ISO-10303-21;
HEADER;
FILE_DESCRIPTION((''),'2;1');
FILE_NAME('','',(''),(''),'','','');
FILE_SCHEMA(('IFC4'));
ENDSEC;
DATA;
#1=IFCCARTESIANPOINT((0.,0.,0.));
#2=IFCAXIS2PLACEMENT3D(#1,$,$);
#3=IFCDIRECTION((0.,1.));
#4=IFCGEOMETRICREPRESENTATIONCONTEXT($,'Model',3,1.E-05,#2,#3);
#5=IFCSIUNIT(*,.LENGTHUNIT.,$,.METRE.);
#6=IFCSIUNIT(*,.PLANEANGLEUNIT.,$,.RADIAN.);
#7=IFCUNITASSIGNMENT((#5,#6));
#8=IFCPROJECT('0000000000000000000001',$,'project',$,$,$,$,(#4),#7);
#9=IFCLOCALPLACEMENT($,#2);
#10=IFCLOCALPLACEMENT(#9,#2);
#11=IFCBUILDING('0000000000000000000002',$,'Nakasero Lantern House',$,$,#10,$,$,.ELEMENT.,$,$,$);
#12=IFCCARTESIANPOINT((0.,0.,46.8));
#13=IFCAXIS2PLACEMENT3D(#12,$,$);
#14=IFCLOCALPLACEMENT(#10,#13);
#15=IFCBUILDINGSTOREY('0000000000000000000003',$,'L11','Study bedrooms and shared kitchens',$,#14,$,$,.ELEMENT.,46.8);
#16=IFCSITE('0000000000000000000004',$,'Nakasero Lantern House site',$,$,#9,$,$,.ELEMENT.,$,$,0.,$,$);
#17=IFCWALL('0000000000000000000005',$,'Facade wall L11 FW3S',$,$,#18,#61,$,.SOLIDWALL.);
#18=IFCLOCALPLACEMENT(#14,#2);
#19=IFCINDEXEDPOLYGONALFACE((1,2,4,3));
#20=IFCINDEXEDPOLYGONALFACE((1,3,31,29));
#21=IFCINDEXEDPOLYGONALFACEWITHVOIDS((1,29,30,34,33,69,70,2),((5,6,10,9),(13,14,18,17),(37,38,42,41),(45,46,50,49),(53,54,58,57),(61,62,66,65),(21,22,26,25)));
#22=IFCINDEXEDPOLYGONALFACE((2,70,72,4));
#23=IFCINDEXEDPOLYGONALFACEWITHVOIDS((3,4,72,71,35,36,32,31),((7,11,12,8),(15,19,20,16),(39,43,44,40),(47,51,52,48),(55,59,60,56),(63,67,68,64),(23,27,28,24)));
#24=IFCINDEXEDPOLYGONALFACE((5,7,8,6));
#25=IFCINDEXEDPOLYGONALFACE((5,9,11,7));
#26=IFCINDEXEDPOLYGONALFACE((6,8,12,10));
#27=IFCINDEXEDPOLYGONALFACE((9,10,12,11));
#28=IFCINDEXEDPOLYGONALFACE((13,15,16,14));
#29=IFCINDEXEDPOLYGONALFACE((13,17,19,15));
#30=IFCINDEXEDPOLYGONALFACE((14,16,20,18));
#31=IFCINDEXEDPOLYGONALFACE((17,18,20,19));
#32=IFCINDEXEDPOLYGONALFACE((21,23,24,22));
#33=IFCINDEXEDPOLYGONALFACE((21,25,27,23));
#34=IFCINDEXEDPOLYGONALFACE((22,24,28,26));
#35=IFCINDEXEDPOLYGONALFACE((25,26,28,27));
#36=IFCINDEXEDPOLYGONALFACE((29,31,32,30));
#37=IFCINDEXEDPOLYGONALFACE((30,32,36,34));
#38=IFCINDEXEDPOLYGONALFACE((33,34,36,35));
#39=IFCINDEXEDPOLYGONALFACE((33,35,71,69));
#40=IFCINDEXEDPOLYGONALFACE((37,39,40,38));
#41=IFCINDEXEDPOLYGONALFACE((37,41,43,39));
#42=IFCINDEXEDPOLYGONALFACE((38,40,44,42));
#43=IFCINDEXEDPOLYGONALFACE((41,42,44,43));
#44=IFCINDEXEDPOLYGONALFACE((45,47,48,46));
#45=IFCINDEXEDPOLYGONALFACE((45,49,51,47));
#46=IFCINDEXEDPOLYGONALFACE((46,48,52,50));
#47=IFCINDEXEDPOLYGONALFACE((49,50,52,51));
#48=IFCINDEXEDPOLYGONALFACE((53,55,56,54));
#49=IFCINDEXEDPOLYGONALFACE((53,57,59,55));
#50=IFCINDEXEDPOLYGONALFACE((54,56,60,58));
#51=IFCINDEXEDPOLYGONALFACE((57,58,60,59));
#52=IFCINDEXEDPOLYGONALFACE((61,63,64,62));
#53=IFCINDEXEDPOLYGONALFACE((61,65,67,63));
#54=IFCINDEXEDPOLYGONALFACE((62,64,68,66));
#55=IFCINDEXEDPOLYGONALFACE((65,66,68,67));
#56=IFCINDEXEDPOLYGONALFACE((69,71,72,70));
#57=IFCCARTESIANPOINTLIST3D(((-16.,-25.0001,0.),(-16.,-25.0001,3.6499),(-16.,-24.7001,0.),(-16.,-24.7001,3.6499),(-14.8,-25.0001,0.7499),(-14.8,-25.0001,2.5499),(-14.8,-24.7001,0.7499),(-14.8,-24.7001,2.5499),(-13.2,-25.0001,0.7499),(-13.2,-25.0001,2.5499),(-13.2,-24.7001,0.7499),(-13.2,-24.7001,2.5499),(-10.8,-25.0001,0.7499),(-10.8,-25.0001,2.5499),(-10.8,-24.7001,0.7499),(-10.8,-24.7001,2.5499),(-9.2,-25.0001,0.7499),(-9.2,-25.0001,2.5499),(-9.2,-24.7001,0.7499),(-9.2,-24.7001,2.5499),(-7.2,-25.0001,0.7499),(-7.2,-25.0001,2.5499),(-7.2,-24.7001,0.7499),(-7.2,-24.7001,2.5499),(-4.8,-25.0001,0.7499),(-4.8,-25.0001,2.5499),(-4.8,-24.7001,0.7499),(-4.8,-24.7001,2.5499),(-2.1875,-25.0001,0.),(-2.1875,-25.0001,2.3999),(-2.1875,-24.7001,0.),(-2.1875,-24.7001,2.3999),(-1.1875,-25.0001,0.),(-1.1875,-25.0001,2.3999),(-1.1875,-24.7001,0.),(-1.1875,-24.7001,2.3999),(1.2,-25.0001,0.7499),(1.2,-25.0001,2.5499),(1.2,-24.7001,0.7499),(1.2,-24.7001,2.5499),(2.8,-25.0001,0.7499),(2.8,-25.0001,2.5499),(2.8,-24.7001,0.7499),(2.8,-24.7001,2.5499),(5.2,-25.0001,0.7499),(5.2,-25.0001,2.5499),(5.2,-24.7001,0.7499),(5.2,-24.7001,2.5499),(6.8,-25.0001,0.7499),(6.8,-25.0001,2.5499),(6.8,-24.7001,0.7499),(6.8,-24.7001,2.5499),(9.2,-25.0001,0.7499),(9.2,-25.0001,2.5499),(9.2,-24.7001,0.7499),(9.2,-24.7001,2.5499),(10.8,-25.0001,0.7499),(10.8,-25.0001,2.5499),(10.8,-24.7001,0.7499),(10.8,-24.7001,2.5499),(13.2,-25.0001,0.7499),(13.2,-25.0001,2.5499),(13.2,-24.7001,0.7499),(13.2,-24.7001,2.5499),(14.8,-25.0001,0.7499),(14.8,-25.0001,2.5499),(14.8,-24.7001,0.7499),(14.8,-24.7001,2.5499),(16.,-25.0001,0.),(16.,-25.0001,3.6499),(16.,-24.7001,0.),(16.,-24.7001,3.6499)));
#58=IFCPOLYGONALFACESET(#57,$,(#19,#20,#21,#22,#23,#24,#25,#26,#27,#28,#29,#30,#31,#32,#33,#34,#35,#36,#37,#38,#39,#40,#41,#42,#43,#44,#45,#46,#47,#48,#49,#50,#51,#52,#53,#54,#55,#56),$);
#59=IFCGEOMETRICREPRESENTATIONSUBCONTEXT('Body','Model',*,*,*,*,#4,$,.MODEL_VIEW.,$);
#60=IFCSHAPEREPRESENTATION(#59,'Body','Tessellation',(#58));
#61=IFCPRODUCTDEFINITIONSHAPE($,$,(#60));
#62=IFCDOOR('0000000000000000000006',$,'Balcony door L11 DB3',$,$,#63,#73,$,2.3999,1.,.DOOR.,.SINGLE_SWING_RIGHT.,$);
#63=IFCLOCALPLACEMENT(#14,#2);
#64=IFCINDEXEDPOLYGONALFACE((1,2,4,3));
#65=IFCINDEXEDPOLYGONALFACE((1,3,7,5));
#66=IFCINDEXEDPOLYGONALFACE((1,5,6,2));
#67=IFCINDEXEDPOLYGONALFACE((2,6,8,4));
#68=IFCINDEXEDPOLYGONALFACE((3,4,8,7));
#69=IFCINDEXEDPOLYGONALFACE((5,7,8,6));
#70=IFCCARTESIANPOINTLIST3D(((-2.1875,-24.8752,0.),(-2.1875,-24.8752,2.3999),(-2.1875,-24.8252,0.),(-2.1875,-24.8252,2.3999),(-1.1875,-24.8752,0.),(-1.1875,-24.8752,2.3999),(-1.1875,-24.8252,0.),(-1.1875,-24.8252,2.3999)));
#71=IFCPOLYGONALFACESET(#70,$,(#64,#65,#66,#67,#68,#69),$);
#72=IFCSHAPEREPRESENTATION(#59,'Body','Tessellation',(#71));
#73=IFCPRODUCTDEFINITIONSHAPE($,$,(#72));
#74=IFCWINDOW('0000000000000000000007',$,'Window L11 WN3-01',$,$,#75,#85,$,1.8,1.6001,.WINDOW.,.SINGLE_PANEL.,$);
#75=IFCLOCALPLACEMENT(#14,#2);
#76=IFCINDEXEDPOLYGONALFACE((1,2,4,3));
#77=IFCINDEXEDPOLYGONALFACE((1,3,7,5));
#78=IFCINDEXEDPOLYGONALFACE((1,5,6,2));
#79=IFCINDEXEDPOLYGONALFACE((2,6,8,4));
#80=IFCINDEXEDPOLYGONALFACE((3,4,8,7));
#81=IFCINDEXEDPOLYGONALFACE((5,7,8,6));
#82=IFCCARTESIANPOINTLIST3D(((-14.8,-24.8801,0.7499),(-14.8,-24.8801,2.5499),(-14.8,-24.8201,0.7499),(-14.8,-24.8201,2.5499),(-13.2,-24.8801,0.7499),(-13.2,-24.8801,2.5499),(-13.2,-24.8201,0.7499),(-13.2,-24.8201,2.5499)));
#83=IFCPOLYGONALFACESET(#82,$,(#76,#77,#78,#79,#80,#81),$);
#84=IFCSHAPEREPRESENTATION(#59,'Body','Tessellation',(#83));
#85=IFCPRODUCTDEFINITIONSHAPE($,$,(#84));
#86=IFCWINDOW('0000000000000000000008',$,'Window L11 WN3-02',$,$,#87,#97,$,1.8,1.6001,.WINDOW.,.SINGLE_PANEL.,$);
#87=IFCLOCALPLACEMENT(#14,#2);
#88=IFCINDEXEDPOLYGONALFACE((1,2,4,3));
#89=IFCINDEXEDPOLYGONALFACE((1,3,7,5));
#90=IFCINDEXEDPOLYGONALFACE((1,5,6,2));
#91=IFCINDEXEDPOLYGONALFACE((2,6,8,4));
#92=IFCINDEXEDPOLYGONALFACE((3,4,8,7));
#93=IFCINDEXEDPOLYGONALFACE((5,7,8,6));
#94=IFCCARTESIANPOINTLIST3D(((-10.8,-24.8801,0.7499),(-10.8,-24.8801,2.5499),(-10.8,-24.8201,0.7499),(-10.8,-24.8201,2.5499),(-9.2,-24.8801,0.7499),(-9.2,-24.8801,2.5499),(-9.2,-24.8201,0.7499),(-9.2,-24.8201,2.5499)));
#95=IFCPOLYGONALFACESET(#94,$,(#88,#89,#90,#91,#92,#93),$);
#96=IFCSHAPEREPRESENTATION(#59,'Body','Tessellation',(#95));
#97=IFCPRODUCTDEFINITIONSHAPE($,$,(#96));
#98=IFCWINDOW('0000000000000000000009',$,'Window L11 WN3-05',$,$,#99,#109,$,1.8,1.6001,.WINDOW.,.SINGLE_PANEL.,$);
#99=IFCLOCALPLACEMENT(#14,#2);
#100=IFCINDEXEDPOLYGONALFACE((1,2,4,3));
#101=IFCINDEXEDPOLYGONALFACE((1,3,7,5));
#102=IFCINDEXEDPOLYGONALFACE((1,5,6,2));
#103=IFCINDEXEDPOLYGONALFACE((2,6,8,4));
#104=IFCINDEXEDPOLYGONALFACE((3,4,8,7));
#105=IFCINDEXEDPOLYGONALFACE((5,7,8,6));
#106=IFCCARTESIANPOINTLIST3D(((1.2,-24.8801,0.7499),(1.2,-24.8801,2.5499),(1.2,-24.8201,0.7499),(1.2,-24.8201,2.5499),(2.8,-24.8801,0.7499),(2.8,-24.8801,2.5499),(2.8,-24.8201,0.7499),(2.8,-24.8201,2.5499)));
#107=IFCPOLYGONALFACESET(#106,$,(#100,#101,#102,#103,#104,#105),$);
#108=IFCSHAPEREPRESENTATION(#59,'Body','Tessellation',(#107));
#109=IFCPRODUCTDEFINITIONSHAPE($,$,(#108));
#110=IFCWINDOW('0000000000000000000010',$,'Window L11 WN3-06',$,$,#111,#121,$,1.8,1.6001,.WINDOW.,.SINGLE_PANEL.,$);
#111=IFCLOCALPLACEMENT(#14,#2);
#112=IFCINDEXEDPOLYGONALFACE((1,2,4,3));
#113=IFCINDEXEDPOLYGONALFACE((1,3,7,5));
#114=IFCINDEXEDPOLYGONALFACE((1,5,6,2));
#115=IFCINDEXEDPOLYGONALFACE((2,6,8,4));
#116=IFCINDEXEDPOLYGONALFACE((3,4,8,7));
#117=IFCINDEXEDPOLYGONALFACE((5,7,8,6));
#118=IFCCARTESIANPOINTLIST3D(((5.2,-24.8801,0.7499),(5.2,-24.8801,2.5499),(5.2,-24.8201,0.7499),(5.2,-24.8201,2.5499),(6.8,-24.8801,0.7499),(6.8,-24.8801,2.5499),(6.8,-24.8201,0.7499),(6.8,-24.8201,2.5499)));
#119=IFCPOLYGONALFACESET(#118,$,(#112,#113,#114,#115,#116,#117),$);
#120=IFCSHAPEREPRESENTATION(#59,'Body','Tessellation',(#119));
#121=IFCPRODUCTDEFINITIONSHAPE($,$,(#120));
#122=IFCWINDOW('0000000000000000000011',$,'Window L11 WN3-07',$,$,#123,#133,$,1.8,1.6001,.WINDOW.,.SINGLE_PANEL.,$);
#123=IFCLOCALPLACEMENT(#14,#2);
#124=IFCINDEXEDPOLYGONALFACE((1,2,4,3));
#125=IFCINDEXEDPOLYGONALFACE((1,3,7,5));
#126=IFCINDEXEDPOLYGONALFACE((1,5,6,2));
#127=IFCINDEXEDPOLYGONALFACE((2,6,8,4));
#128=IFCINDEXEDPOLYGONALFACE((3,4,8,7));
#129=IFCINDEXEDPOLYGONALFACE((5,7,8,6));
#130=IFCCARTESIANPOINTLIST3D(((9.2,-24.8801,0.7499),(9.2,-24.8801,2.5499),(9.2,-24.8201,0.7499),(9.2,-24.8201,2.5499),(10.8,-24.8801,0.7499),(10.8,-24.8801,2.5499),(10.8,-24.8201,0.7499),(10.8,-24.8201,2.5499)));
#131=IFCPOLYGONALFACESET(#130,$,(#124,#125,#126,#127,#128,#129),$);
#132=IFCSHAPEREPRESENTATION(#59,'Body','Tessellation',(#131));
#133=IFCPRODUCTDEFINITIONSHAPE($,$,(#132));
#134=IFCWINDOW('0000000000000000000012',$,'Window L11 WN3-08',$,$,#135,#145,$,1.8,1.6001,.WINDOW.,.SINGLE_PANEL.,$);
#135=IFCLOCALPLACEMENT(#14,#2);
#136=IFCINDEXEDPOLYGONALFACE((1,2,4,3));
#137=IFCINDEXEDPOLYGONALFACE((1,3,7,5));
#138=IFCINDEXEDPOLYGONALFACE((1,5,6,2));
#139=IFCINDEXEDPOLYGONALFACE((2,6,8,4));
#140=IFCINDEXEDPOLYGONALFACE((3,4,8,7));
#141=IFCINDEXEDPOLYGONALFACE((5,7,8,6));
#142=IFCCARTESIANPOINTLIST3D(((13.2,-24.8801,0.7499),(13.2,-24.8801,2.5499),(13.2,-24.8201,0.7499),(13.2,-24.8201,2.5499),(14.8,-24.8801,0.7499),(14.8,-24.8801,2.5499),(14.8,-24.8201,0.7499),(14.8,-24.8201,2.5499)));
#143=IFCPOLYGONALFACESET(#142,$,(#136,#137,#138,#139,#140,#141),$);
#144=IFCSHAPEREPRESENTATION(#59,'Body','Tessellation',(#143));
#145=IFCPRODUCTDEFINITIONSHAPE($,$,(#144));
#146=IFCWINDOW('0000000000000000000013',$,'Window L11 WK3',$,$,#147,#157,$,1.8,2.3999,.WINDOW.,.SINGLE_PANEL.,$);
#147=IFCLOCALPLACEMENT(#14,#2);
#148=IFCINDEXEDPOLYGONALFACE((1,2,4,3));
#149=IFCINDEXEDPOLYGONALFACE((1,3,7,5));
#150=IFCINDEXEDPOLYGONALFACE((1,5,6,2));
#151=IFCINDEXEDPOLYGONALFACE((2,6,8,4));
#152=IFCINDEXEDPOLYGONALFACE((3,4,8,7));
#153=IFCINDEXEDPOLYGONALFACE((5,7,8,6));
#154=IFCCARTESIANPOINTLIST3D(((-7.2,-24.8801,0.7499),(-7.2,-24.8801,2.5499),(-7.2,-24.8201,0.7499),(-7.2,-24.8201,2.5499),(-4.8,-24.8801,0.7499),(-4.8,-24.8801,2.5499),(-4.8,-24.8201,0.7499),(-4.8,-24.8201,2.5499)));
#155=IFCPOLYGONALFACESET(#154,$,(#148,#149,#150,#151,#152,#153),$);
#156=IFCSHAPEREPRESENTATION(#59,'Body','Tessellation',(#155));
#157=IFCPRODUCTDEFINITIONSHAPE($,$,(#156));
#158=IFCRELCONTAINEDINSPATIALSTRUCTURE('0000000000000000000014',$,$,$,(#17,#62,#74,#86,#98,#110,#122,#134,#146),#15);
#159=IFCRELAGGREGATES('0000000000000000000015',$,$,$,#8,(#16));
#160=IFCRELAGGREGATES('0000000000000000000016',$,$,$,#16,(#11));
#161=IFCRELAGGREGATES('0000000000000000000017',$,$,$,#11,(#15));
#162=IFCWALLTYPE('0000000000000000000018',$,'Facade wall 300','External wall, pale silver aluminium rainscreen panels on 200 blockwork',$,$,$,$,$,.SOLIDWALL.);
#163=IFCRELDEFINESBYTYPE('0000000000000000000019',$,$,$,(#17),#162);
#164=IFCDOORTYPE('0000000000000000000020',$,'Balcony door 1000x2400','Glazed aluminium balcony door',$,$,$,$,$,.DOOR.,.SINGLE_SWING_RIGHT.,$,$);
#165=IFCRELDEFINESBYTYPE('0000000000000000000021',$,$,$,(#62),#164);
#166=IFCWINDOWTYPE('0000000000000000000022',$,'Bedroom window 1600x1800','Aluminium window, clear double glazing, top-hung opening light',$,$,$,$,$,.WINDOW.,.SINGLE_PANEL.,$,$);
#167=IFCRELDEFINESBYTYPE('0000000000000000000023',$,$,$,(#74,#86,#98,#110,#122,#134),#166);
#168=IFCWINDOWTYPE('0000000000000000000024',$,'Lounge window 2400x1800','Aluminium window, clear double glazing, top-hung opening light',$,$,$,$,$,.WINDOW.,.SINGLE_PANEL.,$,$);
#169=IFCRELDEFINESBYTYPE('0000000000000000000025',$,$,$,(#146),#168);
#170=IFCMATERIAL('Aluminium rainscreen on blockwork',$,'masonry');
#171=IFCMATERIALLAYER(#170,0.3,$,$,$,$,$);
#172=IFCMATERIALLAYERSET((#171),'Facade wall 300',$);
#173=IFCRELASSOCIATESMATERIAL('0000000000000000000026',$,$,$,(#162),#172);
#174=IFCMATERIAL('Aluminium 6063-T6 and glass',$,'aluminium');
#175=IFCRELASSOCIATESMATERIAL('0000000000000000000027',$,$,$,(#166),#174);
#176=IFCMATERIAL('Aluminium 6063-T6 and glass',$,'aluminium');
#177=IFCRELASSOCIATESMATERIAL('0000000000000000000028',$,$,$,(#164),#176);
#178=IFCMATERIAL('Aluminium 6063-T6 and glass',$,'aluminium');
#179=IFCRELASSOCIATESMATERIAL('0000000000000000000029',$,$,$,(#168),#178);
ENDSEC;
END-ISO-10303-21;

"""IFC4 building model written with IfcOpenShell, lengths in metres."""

from ifc_helpers import new_model, si_unit, direction, frame, frame_2d, origin, place, context, subcontext, project, spatial, rectangle, extrude, material, layer, layer_set, type_object, element, fill, save


model = new_model("IFC4")

# Units and contexts
model_context = context("Model", 3, precision=1e-05, world=origin(), true_north=direction((0.0, 1.0)))
body_context = subcontext(model_context, "Body", "Model", "MODEL_VIEW")
ifc_project = project(units=[si_unit("LENGTHUNIT", "METRE"), si_unit("PLANEANGLEUNIT", "RADIAN")], contexts=[model_context])

# Site, building, storey
site_placement = place(None, origin())
site = spatial("IfcSite", under=ifc_project, at=site_placement, Name="Nakasero Lantern House site", CompositionType="ELEMENT", RefElevation=0.0)
building_placement = place(site_placement, origin())
building = spatial("IfcBuilding", under=site, at=building_placement, Name="Nakasero Lantern House", CompositionType="ELEMENT")
storey_placement = place(building_placement, frame((0.0, 0.0, 46.8)))
storey = spatial("IfcBuildingStorey", under=building, at=storey_placement, Name="L11", Description="Study bedrooms and shared kitchens", CompositionType="ELEMENT", Elevation=46.8)

# Shared definitions
ifc_material_1 = material(Name="Aluminium rainscreen on blockwork", Category="masonry")
ifc_layer_1 = layer(ifc_material_1, 0.3)
ifc_layer_set_1 = layer_set([ifc_layer_1], Name="Facade wall 300")
wall_type_1 = type_object("IfcWallType", Name="Facade wall 300", Description="External wall, pale silver aluminium rainscreen panels on 200 blockwork", PredefinedType="SOLIDWALL", material=ifc_layer_set_1)
ifc_material_2 = material(Name="Aluminium 6063-T6 and glass", Category="aluminium")
window_type_1 = type_object("IfcWindowType", Name="Bedroom window 1600x1800", Description="Aluminium window, clear double glazing, top-hung opening light", PartitioningType="SINGLE_PANEL", PredefinedType="WINDOW", material=ifc_material_2)

# Wall, openings, door, windows
wall_1_placement = place(storey_placement, frame((-16.0, -24.8501, 0.0), z_axis=(0.0, 0.0, 1.0), x_axis=(1.0, 0.0, 0.0)))
wall_1 = element("IfcWall", 1, at=wall_1_placement, inside=storey, type_object=wall_type_1, Name="Facade wall L11 FW3S", PredefinedType="SOLIDWALL", context=body_context, shape_type="SweptSolid", body=[
    extrude(rectangle(XDim=32.0, YDim=0.3, at=frame_2d((16.0, 0.0))), origin(), (0.0, 0.0, 1.0), 3.6499),
])
opening_1_placement = place(wall_1_placement, frame((1.2, 0.0, 0.75)))
opening_1 = element("IfcOpeningElement", 2, at=opening_1_placement, cuts=wall_1, PredefinedType="OPENING", context=body_context, shape_type="SweptSolid", body=[
    extrude(rectangle(XDim=1.6001, YDim=1.8, at=frame_2d((0.8, 0.8999))), frame((0.0, 0.1699, 0.0), z_axis=(0.0, -1.0, 0.0), x_axis=(1.0, 0.0, 0.0)), (0.0, 0.0, 1.0), 0.3401),
])
opening_2_placement = place(wall_1_placement, frame((5.2, 0.0, 0.75)))
opening_2 = element("IfcOpeningElement", 3, at=opening_2_placement, cuts=wall_1, PredefinedType="OPENING", context=body_context, shape_type="SweptSolid", body=[
    extrude(rectangle(XDim=1.6001, YDim=1.8, at=frame_2d((0.8, 0.8999))), frame((0.0, 0.1699, 0.0), z_axis=(0.0, -1.0, 0.0), x_axis=(1.0, 0.0, 0.0)), (0.0, 0.0, 1.0), 0.3401),
])
opening_3_placement = place(wall_1_placement, frame((17.2, 0.0, 0.75)))
opening_3 = element("IfcOpeningElement", 4, at=opening_3_placement, cuts=wall_1, PredefinedType="OPENING", context=body_context, shape_type="SweptSolid", body=[
    extrude(rectangle(XDim=1.6001, YDim=1.8, at=frame_2d((0.8, 0.8999))), frame((0.0, 0.1699, 0.0), z_axis=(0.0, -1.0, 0.0), x_axis=(1.0, 0.0, 0.0)), (0.0, 0.0, 1.0), 0.3401),
])
opening_4_placement = place(wall_1_placement, frame((21.2, 0.0, 0.75)))
opening_4 = element("IfcOpeningElement", 5, at=opening_4_placement, cuts=wall_1, PredefinedType="OPENING", context=body_context, shape_type="SweptSolid", body=[
    extrude(rectangle(XDim=1.6001, YDim=1.8, at=frame_2d((0.8, 0.8999))), frame((0.0, 0.1699, 0.0), z_axis=(0.0, -1.0, 0.0), x_axis=(1.0, 0.0, 0.0)), (0.0, 0.0, 1.0), 0.3401),
])
opening_5_placement = place(wall_1_placement, frame((25.2, 0.0, 0.75)))
opening_5 = element("IfcOpeningElement", 6, at=opening_5_placement, cuts=wall_1, PredefinedType="OPENING", context=body_context, shape_type="SweptSolid", body=[
    extrude(rectangle(XDim=1.6001, YDim=1.8, at=frame_2d((0.8, 0.8999))), frame((0.0, 0.1699, 0.0), z_axis=(0.0, -1.0, 0.0), x_axis=(1.0, 0.0, 0.0)), (0.0, 0.0, 1.0), 0.3401),
])
opening_6_placement = place(wall_1_placement, frame((29.2, 0.0, 0.75)))
opening_6 = element("IfcOpeningElement", 7, at=opening_6_placement, cuts=wall_1, PredefinedType="OPENING", context=body_context, shape_type="SweptSolid", body=[
    extrude(rectangle(XDim=1.6001, YDim=1.8, at=frame_2d((0.8, 0.8999))), frame((0.0, 0.1699, 0.0), z_axis=(0.0, -1.0, 0.0), x_axis=(1.0, 0.0, 0.0)), (0.0, 0.0, 1.0), 0.3401),
])
opening_7_placement = place(wall_1_placement, frame((8.8, 0.0, 0.75)))
opening_7 = element("IfcOpeningElement", 8, at=opening_7_placement, cuts=wall_1, PredefinedType="OPENING", context=body_context, shape_type="SweptSolid", body=[
    extrude(rectangle(XDim=2.3999, YDim=1.8, at=frame_2d((1.2, 0.8999))), frame((0.0, 0.1699, 0.0), z_axis=(0.0, -1.0, 0.0), x_axis=(1.0, 0.0, 0.0)), (0.0, 0.0, 1.0), 0.3401),
])
opening_8_placement = place(wall_1_placement, frame((13.8125, 0.0, 0.0)))
opening_8 = element("IfcOpeningElement", 9, at=opening_8_placement, cuts=wall_1, PredefinedType="OPENING", context=body_context, shape_type="SweptSolid", body=[
    extrude(rectangle(XDim=1.0, YDim=2.3999, at=frame_2d((0.5, 1.2))), frame((0.0, 0.1699, 0.0), z_axis=(0.0, -1.0, 0.0), x_axis=(1.0, 0.0, 0.0)), (0.0, 0.0, 1.0), 0.3401),
])
ifc_material_3 = material(Name="Aluminium 6063-T6 and glass", Category="aluminium")
door_type_1 = type_object("IfcDoorType", Name="Balcony door 1000x2400", Description="Glazed aluminium balcony door", OperationType="SINGLE_SWING_RIGHT", PredefinedType="DOOR", material=ifc_material_3)
door_1_placement = place(opening_8_placement, origin())
door_1 = element("IfcDoor", 10, at=door_1_placement, inside=storey, type_object=door_type_1, Name="Balcony door L11 DB3", OperationType="SINGLE_SWING_RIGHT", OverallHeight=2.3999, OverallWidth=1.0, PredefinedType="DOOR", context=body_context, shape_type="SweptSolid", body=[
    extrude(rectangle(XDim=1.0, YDim=2.3999, at=frame_2d((0.5, 1.2))), frame((0.0, 0.0249, 0.0), z_axis=(0.0, -1.0, 0.0), x_axis=(1.0, 0.0, 0.0)), (0.0, 0.0, 1.0), 0.05),
])
fill(opening_8, door_1)
window_1_placement = place(opening_1_placement, origin())
window_1 = element("IfcWindow", 11, at=window_1_placement, inside=storey, type_object=window_type_1, Name="Window L11 WN3-01", OverallHeight=1.8, OverallWidth=1.6001, PartitioningType="SINGLE_PANEL", PredefinedType="WINDOW", context=body_context, shape_type="SweptSolid", body=[
    extrude(rectangle(XDim=1.6001, YDim=1.8, at=frame_2d((0.8, 0.8999))), frame((0.0, 0.03, 0.0), z_axis=(0.0, -1.0, 0.0), x_axis=(1.0, 0.0, 0.0)), (0.0, 0.0, 1.0), 0.0601),
])
fill(opening_1, window_1)
window_2_placement = place(opening_2_placement, origin())
window_2 = element("IfcWindow", 12, at=window_2_placement, inside=storey, type_object=window_type_1, Name="Window L11 WN3-02", OverallHeight=1.8, OverallWidth=1.6001, PartitioningType="SINGLE_PANEL", PredefinedType="WINDOW", context=body_context, shape_type="SweptSolid", body=[
    extrude(rectangle(XDim=1.6001, YDim=1.8, at=frame_2d((0.8, 0.8999))), frame((0.0, 0.03, 0.0), z_axis=(0.0, -1.0, 0.0), x_axis=(1.0, 0.0, 0.0)), (0.0, 0.0, 1.0), 0.0601),
])
fill(opening_2, window_2)
window_3_placement = place(opening_3_placement, origin())
window_3 = element("IfcWindow", 13, at=window_3_placement, inside=storey, type_object=window_type_1, Name="Window L11 WN3-05", OverallHeight=1.8, OverallWidth=1.6001, PartitioningType="SINGLE_PANEL", PredefinedType="WINDOW", context=body_context, shape_type="SweptSolid", body=[
    extrude(rectangle(XDim=1.6001, YDim=1.8, at=frame_2d((0.8, 0.8999))), frame((0.0, 0.03, 0.0), z_axis=(0.0, -1.0, 0.0), x_axis=(1.0, 0.0, 0.0)), (0.0, 0.0, 1.0), 0.0601),
])
fill(opening_3, window_3)
window_4_placement = place(opening_4_placement, origin())
window_4 = element("IfcWindow", 14, at=window_4_placement, inside=storey, type_object=window_type_1, Name="Window L11 WN3-06", OverallHeight=1.8, OverallWidth=1.6001, PartitioningType="SINGLE_PANEL", PredefinedType="WINDOW", context=body_context, shape_type="SweptSolid", body=[
    extrude(rectangle(XDim=1.6001, YDim=1.8, at=frame_2d((0.8, 0.8999))), frame((0.0, 0.03, 0.0), z_axis=(0.0, -1.0, 0.0), x_axis=(1.0, 0.0, 0.0)), (0.0, 0.0, 1.0), 0.0601),
])
fill(opening_4, window_4)
window_5_placement = place(opening_5_placement, origin())
window_5 = element("IfcWindow", 15, at=window_5_placement, inside=storey, type_object=window_type_1, Name="Window L11 WN3-07", OverallHeight=1.8, OverallWidth=1.6001, PartitioningType="SINGLE_PANEL", PredefinedType="WINDOW", context=body_context, shape_type="SweptSolid", body=[
    extrude(rectangle(XDim=1.6001, YDim=1.8, at=frame_2d((0.8, 0.8999))), frame((0.0, 0.03, 0.0), z_axis=(0.0, -1.0, 0.0), x_axis=(1.0, 0.0, 0.0)), (0.0, 0.0, 1.0), 0.0601),
])
fill(opening_5, window_5)
window_6_placement = place(opening_6_placement, origin())
window_6 = element("IfcWindow", 16, at=window_6_placement, inside=storey, type_object=window_type_1, Name="Window L11 WN3-08", OverallHeight=1.8, OverallWidth=1.6001, PartitioningType="SINGLE_PANEL", PredefinedType="WINDOW", context=body_context, shape_type="SweptSolid", body=[
    extrude(rectangle(XDim=1.6001, YDim=1.8, at=frame_2d((0.8, 0.8999))), frame((0.0, 0.03, 0.0), z_axis=(0.0, -1.0, 0.0), x_axis=(1.0, 0.0, 0.0)), (0.0, 0.0, 1.0), 0.0601),
])
fill(opening_6, window_6)
ifc_material_4 = material(Name="Aluminium 6063-T6 and glass", Category="aluminium")
window_type_2 = type_object("IfcWindowType", Name="Lounge window 2400x1800", Description="Aluminium window, clear double glazing, top-hung opening light", PartitioningType="SINGLE_PANEL", PredefinedType="WINDOW", material=ifc_material_4)
window_7_placement = place(opening_7_placement, origin())
window_7 = element("IfcWindow", 17, at=window_7_placement, inside=storey, type_object=window_type_2, Name="Window L11 WK3", OverallHeight=1.8, OverallWidth=2.3999, PartitioningType="SINGLE_PANEL", PredefinedType="WINDOW", context=body_context, shape_type="SweptSolid", body=[
    extrude(rectangle(XDim=2.3999, YDim=1.8, at=frame_2d((1.2, 0.8999))), frame((0.0, 0.03, 0.0), z_axis=(0.0, -1.0, 0.0), x_axis=(1.0, 0.0, 0.0)), (0.0, 0.0, 1.0), 0.0601),
])
fill(opening_7, window_7)

save(model, "model.ifc")
